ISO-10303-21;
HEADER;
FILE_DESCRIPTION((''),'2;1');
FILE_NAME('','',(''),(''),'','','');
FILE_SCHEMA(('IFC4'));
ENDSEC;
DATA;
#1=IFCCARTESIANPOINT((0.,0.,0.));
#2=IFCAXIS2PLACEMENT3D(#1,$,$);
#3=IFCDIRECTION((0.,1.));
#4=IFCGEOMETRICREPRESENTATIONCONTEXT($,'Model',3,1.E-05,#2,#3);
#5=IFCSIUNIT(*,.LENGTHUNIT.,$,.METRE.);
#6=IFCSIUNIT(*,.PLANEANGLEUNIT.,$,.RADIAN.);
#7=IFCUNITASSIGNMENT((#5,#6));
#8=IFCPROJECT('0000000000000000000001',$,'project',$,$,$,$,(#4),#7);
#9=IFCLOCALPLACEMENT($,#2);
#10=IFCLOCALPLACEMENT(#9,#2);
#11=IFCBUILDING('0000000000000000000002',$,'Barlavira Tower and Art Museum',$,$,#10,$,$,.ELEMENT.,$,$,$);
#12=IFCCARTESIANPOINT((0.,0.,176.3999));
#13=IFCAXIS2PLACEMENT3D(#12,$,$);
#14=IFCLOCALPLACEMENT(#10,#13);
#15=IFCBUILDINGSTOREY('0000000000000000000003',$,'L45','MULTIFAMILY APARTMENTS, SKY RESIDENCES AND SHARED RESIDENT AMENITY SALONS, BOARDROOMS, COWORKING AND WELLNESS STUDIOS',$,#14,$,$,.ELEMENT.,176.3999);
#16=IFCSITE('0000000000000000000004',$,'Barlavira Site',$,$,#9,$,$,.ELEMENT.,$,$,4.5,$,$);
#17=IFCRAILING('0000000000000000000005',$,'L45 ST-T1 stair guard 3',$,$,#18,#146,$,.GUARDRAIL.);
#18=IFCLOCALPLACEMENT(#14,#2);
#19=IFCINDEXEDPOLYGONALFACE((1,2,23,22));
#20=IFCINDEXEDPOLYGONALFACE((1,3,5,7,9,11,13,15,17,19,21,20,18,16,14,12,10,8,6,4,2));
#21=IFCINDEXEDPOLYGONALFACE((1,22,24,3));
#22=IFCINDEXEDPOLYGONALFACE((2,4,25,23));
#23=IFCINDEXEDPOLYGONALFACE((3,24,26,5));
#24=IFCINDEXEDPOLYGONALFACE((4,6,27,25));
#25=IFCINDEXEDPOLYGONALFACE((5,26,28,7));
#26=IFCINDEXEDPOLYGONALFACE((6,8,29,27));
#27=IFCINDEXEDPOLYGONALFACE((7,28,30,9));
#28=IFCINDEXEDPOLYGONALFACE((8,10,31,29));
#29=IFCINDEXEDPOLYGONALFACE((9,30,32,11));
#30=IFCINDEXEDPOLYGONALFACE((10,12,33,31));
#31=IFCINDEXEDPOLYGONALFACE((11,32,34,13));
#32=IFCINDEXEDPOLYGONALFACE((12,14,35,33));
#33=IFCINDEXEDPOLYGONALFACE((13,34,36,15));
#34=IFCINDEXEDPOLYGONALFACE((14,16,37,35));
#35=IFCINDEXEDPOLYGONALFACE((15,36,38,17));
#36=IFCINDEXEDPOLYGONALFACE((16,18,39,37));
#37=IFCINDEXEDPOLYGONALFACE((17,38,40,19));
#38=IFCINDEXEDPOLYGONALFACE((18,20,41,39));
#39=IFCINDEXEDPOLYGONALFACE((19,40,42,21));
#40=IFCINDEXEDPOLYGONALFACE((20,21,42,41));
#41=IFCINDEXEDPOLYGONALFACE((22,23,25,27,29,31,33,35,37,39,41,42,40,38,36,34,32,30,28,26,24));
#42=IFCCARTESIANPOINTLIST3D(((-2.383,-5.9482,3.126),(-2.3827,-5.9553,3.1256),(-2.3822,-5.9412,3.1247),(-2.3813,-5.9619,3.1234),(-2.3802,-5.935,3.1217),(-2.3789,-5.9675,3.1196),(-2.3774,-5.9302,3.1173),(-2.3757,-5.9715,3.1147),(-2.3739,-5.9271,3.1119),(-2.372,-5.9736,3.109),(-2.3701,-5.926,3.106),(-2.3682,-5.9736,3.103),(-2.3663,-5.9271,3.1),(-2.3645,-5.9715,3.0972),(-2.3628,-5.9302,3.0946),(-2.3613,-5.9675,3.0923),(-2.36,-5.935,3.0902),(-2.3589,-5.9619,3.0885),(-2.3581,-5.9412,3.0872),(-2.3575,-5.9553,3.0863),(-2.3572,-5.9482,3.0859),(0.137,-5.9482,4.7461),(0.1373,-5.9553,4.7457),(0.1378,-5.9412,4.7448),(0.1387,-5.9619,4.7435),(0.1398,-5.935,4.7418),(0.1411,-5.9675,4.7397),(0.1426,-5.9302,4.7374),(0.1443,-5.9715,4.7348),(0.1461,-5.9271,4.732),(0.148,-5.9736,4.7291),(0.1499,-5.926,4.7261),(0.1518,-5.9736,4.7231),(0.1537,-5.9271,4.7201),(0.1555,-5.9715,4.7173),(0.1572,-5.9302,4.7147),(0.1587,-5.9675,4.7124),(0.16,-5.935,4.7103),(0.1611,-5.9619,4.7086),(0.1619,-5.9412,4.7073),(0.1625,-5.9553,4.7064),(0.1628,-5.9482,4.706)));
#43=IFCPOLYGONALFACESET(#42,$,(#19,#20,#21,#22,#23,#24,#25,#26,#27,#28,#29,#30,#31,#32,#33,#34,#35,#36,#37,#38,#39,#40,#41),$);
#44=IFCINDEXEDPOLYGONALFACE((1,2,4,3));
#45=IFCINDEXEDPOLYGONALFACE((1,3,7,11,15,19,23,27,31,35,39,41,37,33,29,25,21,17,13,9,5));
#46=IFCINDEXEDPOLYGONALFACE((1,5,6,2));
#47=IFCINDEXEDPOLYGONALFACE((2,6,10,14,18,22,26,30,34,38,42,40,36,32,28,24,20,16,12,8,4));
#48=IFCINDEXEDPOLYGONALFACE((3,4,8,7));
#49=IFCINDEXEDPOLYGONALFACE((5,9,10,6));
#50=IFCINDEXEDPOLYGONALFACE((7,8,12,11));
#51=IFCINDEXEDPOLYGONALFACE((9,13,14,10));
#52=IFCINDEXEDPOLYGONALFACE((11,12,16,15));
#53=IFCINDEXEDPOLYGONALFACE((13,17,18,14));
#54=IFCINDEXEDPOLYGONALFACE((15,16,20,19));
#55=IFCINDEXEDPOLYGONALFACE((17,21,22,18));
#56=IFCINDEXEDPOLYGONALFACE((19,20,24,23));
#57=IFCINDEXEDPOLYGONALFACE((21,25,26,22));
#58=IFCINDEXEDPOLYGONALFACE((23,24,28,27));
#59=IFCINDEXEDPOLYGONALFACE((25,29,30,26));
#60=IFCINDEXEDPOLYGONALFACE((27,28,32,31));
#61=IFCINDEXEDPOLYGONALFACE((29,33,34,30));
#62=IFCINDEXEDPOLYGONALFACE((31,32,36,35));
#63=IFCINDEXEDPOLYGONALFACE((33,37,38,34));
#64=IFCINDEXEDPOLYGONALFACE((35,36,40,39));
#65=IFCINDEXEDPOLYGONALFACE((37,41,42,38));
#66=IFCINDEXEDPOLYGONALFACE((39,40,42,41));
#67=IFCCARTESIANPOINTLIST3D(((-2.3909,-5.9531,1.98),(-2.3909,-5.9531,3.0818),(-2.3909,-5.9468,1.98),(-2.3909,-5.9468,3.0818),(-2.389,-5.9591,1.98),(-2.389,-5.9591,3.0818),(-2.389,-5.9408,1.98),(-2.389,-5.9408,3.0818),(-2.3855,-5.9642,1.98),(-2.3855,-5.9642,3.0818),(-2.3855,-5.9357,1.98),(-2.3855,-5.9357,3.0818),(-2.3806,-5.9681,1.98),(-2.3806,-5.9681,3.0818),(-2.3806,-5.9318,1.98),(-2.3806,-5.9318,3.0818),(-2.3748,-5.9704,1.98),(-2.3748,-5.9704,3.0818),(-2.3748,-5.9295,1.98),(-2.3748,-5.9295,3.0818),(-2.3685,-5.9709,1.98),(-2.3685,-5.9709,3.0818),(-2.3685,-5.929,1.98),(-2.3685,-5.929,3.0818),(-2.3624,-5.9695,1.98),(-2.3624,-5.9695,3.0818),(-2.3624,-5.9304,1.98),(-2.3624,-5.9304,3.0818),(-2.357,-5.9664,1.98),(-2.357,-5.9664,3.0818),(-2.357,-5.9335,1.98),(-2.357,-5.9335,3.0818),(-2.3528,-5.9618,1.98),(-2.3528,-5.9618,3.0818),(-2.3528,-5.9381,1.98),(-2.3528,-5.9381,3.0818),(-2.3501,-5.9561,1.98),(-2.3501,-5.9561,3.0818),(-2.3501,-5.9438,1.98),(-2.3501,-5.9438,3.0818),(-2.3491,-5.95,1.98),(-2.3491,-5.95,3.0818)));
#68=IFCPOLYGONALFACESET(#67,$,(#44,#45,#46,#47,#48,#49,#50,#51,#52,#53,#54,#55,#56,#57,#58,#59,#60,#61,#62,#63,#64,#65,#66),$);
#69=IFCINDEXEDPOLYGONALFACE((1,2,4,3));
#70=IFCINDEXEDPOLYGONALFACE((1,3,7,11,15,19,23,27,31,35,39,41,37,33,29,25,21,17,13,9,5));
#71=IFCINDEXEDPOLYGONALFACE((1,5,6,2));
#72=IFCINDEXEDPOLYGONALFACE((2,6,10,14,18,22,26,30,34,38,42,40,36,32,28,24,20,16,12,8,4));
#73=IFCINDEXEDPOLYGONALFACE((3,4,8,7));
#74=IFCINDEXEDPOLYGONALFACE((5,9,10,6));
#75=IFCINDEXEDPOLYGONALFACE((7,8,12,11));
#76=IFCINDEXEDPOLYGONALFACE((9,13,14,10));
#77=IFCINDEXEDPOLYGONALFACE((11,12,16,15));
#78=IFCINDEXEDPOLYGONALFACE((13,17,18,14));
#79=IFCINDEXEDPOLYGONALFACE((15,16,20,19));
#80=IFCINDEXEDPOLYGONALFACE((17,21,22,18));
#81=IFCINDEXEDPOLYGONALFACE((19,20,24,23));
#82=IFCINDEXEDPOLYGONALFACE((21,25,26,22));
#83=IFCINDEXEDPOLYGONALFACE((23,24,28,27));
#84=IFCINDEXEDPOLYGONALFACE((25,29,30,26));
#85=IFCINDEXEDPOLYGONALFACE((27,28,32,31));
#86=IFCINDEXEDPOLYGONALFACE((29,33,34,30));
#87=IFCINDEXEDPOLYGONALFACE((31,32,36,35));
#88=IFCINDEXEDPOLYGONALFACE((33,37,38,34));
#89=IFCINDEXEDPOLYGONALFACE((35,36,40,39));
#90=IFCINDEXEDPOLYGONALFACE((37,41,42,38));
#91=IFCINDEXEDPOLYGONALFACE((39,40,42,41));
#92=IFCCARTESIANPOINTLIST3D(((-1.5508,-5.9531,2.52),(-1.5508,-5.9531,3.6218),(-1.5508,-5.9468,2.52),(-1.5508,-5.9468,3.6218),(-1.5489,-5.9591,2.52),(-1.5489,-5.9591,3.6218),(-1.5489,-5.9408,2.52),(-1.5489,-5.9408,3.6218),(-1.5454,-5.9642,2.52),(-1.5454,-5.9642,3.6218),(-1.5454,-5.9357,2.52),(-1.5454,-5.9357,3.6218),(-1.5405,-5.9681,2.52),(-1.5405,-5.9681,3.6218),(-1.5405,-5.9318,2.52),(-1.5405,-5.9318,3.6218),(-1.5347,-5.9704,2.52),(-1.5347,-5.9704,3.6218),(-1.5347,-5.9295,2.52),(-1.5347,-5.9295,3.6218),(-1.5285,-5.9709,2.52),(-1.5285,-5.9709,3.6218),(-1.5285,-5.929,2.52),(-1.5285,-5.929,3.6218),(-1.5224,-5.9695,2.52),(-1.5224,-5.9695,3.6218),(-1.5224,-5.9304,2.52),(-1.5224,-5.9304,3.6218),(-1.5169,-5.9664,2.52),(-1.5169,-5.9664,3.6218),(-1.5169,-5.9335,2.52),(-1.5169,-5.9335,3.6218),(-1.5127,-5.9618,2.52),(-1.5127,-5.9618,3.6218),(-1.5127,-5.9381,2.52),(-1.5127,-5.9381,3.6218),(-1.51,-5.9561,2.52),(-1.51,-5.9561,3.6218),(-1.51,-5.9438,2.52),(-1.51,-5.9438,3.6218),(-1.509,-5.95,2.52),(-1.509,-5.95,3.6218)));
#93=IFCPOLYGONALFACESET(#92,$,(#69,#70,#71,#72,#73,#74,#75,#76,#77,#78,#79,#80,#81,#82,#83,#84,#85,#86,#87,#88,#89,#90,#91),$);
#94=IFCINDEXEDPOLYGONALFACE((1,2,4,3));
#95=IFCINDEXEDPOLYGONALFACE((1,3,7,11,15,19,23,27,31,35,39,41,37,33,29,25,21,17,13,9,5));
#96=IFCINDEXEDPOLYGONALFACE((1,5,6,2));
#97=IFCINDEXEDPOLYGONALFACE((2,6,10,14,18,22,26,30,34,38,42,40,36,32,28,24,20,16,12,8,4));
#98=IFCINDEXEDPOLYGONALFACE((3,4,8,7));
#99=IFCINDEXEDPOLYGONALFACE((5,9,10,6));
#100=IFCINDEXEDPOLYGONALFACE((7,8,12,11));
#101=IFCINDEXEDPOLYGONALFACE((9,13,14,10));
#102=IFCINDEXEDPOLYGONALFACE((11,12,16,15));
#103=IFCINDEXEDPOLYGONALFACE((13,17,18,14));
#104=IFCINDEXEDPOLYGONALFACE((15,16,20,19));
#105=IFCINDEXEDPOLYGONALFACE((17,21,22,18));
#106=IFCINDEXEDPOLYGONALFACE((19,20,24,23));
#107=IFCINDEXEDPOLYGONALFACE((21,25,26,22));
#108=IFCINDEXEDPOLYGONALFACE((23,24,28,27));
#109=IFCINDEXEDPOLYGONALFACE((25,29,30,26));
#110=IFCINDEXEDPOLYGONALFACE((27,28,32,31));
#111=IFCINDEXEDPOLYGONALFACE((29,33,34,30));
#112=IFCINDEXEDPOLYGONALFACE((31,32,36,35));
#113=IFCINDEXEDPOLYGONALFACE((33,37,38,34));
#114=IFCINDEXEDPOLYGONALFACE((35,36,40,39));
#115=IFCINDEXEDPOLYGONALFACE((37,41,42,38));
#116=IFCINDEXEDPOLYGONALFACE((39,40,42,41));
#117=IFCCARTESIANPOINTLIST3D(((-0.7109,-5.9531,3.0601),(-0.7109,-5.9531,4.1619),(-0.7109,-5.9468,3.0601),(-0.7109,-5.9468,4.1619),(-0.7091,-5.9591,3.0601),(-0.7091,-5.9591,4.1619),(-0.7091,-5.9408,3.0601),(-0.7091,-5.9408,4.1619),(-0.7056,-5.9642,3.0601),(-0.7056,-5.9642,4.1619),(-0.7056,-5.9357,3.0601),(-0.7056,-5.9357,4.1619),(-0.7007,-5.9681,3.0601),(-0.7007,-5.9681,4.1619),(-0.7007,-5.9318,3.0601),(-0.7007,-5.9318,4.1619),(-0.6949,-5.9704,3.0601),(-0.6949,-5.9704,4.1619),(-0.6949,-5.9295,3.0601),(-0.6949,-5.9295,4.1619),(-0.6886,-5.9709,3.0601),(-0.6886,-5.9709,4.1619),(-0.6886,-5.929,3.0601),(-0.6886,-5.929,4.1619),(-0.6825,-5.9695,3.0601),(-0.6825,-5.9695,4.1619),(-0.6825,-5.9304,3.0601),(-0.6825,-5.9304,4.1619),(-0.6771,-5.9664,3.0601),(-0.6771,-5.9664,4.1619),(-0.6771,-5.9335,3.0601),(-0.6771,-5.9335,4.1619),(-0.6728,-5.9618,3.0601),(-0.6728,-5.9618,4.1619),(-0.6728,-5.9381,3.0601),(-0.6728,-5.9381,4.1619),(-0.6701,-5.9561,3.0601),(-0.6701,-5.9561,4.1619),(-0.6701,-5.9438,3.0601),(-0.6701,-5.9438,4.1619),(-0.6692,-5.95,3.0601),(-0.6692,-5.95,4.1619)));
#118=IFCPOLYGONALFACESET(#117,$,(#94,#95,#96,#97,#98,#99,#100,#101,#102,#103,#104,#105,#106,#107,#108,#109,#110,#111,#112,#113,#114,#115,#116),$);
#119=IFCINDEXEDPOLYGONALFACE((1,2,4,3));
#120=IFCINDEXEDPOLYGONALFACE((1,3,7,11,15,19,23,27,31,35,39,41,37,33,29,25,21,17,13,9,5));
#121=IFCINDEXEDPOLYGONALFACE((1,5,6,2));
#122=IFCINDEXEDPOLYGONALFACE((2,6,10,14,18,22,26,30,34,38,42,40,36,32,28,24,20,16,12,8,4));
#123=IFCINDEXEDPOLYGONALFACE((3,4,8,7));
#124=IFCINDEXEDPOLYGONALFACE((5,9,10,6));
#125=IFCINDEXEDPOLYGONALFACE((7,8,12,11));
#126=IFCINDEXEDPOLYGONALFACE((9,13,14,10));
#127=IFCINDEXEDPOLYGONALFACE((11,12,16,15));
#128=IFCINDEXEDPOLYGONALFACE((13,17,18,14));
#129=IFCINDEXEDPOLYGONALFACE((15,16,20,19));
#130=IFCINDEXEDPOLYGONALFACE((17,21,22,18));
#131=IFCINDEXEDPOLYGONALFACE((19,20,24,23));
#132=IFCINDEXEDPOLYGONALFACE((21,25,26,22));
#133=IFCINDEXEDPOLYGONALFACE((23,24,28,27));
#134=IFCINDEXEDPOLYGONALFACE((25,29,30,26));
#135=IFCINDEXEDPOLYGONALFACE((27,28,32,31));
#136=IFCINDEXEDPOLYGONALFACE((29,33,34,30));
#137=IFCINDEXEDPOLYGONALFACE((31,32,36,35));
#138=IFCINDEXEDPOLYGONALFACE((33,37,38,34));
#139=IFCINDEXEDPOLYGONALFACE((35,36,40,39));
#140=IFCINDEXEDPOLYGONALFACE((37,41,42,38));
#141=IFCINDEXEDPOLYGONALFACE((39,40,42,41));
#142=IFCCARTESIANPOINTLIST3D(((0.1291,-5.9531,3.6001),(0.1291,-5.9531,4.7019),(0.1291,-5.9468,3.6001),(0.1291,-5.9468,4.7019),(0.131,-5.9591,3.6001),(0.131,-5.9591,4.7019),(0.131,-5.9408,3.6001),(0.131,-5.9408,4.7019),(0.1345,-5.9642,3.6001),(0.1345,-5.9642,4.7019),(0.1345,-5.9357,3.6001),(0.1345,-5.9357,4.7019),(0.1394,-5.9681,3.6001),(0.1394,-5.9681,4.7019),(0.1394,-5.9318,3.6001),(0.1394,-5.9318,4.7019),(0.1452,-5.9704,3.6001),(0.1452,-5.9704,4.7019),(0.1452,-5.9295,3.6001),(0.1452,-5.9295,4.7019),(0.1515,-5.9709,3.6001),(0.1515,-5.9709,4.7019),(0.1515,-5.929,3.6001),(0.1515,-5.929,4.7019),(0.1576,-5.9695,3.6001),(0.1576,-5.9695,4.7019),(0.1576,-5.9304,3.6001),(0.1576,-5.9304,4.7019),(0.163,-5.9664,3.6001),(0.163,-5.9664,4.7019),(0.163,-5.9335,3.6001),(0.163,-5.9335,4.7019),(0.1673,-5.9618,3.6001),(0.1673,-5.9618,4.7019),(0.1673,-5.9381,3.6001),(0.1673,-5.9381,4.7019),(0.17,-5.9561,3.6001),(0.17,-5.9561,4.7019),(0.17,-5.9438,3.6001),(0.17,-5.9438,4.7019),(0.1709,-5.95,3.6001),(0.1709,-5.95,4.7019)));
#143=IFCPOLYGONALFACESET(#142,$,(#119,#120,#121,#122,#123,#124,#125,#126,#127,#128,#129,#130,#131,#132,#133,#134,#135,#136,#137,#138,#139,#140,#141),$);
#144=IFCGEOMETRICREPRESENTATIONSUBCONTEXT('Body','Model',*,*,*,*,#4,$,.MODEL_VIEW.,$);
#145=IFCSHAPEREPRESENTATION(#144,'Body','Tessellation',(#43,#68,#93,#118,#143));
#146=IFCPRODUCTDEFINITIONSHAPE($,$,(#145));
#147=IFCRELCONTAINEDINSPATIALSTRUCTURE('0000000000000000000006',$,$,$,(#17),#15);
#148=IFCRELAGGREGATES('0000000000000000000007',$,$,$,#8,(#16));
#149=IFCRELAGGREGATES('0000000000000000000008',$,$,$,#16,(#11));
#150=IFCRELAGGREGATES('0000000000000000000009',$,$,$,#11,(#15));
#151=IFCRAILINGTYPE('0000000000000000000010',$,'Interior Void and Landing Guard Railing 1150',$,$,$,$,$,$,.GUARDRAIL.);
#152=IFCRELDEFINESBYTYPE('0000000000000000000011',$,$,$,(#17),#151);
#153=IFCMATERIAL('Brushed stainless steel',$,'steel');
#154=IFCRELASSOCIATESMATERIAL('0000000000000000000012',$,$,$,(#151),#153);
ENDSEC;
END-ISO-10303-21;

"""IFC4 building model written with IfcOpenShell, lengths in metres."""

from ifc_helpers import new_model, si_unit, direction, frame, origin, origin_2d, place, context, subcontext, project, spatial, circle, extrude, material, type_object, element, save


model = new_model("IFC4")

# Units and contexts
model_context = context("Model", 3, precision=1e-05, world=origin(), true_north=direction((0.0, 1.0)))
body_context = subcontext(model_context, "Body", "Model", "MODEL_VIEW")
ifc_project = project(units=[si_unit("LENGTHUNIT", "METRE"), si_unit("PLANEANGLEUNIT", "RADIAN")], contexts=[model_context])

# Site, building, storey
site_placement = place(None, origin())
site = spatial("IfcSite", under=ifc_project, at=site_placement, Name="Barlavira Site", CompositionType="ELEMENT", RefElevation=4.5)
building_placement = place(site_placement, origin())
building = spatial("IfcBuilding", under=site, at=building_placement, Name="Barlavira Tower and Art Museum", CompositionType="ELEMENT")
storey_placement = place(building_placement, frame((0.0, 0.0, 176.3999)))
storey = spatial("IfcBuildingStorey", under=building, at=storey_placement, Name="L45", Description="MULTIFAMILY APARTMENTS, SKY RESIDENCES AND SHARED RESIDENT AMENITY SALONS, BOARDROOMS, COWORKING AND WELLNESS STUDIOS", CompositionType="ELEMENT", Elevation=176.3999)

# Shared definitions
ifc_material_1 = material(Name="Brushed stainless steel", Category="steel")

# Railing
railing_type_1 = type_object("IfcRailingType", Name="Interior Void and Landing Guard Railing 1150", PredefinedType="GUARDRAIL", material=ifc_material_1)
railing_1_placement = place(storey_placement, frame((-2.3701, -5.95, 1.98)))
element("IfcRailing", 1, at=railing_1_placement, inside=storey, type_object=railing_type_1, Name="L45 ST-T1 stair guard 3", PredefinedType="GUARDRAIL", context=body_context, shape_type="SweptSolid", body=[
    extrude(circle(Radius=0.0239, at=origin_2d()), frame((0.0, 0.0, 1.126), z_axis=(0.841163, 0.0, 0.540782), x_axis=(0.0, 1.0, 0.0)), (0.0, 0.0, 1.0), 2.9958),
    extrude(circle(Radius=0.021, at=origin_2d()), origin(), (0.0, 0.0, 1.0), 1.1018),
    extrude(circle(Radius=0.021, at=origin_2d()), frame((0.8401, 0.0, 0.54)), (0.0, 0.0, 1.0), 1.1018),
    extrude(circle(Radius=0.021, at=origin_2d()), frame((1.6799, 0.0, 1.0801)), (0.0, 0.0, 1.0), 1.1018),
    extrude(circle(Radius=0.021, at=origin_2d()), frame((2.52, 0.0, 1.6201)), (0.0, 0.0, 1.0), 1.1018),
])

save(model, "model.ifc")
